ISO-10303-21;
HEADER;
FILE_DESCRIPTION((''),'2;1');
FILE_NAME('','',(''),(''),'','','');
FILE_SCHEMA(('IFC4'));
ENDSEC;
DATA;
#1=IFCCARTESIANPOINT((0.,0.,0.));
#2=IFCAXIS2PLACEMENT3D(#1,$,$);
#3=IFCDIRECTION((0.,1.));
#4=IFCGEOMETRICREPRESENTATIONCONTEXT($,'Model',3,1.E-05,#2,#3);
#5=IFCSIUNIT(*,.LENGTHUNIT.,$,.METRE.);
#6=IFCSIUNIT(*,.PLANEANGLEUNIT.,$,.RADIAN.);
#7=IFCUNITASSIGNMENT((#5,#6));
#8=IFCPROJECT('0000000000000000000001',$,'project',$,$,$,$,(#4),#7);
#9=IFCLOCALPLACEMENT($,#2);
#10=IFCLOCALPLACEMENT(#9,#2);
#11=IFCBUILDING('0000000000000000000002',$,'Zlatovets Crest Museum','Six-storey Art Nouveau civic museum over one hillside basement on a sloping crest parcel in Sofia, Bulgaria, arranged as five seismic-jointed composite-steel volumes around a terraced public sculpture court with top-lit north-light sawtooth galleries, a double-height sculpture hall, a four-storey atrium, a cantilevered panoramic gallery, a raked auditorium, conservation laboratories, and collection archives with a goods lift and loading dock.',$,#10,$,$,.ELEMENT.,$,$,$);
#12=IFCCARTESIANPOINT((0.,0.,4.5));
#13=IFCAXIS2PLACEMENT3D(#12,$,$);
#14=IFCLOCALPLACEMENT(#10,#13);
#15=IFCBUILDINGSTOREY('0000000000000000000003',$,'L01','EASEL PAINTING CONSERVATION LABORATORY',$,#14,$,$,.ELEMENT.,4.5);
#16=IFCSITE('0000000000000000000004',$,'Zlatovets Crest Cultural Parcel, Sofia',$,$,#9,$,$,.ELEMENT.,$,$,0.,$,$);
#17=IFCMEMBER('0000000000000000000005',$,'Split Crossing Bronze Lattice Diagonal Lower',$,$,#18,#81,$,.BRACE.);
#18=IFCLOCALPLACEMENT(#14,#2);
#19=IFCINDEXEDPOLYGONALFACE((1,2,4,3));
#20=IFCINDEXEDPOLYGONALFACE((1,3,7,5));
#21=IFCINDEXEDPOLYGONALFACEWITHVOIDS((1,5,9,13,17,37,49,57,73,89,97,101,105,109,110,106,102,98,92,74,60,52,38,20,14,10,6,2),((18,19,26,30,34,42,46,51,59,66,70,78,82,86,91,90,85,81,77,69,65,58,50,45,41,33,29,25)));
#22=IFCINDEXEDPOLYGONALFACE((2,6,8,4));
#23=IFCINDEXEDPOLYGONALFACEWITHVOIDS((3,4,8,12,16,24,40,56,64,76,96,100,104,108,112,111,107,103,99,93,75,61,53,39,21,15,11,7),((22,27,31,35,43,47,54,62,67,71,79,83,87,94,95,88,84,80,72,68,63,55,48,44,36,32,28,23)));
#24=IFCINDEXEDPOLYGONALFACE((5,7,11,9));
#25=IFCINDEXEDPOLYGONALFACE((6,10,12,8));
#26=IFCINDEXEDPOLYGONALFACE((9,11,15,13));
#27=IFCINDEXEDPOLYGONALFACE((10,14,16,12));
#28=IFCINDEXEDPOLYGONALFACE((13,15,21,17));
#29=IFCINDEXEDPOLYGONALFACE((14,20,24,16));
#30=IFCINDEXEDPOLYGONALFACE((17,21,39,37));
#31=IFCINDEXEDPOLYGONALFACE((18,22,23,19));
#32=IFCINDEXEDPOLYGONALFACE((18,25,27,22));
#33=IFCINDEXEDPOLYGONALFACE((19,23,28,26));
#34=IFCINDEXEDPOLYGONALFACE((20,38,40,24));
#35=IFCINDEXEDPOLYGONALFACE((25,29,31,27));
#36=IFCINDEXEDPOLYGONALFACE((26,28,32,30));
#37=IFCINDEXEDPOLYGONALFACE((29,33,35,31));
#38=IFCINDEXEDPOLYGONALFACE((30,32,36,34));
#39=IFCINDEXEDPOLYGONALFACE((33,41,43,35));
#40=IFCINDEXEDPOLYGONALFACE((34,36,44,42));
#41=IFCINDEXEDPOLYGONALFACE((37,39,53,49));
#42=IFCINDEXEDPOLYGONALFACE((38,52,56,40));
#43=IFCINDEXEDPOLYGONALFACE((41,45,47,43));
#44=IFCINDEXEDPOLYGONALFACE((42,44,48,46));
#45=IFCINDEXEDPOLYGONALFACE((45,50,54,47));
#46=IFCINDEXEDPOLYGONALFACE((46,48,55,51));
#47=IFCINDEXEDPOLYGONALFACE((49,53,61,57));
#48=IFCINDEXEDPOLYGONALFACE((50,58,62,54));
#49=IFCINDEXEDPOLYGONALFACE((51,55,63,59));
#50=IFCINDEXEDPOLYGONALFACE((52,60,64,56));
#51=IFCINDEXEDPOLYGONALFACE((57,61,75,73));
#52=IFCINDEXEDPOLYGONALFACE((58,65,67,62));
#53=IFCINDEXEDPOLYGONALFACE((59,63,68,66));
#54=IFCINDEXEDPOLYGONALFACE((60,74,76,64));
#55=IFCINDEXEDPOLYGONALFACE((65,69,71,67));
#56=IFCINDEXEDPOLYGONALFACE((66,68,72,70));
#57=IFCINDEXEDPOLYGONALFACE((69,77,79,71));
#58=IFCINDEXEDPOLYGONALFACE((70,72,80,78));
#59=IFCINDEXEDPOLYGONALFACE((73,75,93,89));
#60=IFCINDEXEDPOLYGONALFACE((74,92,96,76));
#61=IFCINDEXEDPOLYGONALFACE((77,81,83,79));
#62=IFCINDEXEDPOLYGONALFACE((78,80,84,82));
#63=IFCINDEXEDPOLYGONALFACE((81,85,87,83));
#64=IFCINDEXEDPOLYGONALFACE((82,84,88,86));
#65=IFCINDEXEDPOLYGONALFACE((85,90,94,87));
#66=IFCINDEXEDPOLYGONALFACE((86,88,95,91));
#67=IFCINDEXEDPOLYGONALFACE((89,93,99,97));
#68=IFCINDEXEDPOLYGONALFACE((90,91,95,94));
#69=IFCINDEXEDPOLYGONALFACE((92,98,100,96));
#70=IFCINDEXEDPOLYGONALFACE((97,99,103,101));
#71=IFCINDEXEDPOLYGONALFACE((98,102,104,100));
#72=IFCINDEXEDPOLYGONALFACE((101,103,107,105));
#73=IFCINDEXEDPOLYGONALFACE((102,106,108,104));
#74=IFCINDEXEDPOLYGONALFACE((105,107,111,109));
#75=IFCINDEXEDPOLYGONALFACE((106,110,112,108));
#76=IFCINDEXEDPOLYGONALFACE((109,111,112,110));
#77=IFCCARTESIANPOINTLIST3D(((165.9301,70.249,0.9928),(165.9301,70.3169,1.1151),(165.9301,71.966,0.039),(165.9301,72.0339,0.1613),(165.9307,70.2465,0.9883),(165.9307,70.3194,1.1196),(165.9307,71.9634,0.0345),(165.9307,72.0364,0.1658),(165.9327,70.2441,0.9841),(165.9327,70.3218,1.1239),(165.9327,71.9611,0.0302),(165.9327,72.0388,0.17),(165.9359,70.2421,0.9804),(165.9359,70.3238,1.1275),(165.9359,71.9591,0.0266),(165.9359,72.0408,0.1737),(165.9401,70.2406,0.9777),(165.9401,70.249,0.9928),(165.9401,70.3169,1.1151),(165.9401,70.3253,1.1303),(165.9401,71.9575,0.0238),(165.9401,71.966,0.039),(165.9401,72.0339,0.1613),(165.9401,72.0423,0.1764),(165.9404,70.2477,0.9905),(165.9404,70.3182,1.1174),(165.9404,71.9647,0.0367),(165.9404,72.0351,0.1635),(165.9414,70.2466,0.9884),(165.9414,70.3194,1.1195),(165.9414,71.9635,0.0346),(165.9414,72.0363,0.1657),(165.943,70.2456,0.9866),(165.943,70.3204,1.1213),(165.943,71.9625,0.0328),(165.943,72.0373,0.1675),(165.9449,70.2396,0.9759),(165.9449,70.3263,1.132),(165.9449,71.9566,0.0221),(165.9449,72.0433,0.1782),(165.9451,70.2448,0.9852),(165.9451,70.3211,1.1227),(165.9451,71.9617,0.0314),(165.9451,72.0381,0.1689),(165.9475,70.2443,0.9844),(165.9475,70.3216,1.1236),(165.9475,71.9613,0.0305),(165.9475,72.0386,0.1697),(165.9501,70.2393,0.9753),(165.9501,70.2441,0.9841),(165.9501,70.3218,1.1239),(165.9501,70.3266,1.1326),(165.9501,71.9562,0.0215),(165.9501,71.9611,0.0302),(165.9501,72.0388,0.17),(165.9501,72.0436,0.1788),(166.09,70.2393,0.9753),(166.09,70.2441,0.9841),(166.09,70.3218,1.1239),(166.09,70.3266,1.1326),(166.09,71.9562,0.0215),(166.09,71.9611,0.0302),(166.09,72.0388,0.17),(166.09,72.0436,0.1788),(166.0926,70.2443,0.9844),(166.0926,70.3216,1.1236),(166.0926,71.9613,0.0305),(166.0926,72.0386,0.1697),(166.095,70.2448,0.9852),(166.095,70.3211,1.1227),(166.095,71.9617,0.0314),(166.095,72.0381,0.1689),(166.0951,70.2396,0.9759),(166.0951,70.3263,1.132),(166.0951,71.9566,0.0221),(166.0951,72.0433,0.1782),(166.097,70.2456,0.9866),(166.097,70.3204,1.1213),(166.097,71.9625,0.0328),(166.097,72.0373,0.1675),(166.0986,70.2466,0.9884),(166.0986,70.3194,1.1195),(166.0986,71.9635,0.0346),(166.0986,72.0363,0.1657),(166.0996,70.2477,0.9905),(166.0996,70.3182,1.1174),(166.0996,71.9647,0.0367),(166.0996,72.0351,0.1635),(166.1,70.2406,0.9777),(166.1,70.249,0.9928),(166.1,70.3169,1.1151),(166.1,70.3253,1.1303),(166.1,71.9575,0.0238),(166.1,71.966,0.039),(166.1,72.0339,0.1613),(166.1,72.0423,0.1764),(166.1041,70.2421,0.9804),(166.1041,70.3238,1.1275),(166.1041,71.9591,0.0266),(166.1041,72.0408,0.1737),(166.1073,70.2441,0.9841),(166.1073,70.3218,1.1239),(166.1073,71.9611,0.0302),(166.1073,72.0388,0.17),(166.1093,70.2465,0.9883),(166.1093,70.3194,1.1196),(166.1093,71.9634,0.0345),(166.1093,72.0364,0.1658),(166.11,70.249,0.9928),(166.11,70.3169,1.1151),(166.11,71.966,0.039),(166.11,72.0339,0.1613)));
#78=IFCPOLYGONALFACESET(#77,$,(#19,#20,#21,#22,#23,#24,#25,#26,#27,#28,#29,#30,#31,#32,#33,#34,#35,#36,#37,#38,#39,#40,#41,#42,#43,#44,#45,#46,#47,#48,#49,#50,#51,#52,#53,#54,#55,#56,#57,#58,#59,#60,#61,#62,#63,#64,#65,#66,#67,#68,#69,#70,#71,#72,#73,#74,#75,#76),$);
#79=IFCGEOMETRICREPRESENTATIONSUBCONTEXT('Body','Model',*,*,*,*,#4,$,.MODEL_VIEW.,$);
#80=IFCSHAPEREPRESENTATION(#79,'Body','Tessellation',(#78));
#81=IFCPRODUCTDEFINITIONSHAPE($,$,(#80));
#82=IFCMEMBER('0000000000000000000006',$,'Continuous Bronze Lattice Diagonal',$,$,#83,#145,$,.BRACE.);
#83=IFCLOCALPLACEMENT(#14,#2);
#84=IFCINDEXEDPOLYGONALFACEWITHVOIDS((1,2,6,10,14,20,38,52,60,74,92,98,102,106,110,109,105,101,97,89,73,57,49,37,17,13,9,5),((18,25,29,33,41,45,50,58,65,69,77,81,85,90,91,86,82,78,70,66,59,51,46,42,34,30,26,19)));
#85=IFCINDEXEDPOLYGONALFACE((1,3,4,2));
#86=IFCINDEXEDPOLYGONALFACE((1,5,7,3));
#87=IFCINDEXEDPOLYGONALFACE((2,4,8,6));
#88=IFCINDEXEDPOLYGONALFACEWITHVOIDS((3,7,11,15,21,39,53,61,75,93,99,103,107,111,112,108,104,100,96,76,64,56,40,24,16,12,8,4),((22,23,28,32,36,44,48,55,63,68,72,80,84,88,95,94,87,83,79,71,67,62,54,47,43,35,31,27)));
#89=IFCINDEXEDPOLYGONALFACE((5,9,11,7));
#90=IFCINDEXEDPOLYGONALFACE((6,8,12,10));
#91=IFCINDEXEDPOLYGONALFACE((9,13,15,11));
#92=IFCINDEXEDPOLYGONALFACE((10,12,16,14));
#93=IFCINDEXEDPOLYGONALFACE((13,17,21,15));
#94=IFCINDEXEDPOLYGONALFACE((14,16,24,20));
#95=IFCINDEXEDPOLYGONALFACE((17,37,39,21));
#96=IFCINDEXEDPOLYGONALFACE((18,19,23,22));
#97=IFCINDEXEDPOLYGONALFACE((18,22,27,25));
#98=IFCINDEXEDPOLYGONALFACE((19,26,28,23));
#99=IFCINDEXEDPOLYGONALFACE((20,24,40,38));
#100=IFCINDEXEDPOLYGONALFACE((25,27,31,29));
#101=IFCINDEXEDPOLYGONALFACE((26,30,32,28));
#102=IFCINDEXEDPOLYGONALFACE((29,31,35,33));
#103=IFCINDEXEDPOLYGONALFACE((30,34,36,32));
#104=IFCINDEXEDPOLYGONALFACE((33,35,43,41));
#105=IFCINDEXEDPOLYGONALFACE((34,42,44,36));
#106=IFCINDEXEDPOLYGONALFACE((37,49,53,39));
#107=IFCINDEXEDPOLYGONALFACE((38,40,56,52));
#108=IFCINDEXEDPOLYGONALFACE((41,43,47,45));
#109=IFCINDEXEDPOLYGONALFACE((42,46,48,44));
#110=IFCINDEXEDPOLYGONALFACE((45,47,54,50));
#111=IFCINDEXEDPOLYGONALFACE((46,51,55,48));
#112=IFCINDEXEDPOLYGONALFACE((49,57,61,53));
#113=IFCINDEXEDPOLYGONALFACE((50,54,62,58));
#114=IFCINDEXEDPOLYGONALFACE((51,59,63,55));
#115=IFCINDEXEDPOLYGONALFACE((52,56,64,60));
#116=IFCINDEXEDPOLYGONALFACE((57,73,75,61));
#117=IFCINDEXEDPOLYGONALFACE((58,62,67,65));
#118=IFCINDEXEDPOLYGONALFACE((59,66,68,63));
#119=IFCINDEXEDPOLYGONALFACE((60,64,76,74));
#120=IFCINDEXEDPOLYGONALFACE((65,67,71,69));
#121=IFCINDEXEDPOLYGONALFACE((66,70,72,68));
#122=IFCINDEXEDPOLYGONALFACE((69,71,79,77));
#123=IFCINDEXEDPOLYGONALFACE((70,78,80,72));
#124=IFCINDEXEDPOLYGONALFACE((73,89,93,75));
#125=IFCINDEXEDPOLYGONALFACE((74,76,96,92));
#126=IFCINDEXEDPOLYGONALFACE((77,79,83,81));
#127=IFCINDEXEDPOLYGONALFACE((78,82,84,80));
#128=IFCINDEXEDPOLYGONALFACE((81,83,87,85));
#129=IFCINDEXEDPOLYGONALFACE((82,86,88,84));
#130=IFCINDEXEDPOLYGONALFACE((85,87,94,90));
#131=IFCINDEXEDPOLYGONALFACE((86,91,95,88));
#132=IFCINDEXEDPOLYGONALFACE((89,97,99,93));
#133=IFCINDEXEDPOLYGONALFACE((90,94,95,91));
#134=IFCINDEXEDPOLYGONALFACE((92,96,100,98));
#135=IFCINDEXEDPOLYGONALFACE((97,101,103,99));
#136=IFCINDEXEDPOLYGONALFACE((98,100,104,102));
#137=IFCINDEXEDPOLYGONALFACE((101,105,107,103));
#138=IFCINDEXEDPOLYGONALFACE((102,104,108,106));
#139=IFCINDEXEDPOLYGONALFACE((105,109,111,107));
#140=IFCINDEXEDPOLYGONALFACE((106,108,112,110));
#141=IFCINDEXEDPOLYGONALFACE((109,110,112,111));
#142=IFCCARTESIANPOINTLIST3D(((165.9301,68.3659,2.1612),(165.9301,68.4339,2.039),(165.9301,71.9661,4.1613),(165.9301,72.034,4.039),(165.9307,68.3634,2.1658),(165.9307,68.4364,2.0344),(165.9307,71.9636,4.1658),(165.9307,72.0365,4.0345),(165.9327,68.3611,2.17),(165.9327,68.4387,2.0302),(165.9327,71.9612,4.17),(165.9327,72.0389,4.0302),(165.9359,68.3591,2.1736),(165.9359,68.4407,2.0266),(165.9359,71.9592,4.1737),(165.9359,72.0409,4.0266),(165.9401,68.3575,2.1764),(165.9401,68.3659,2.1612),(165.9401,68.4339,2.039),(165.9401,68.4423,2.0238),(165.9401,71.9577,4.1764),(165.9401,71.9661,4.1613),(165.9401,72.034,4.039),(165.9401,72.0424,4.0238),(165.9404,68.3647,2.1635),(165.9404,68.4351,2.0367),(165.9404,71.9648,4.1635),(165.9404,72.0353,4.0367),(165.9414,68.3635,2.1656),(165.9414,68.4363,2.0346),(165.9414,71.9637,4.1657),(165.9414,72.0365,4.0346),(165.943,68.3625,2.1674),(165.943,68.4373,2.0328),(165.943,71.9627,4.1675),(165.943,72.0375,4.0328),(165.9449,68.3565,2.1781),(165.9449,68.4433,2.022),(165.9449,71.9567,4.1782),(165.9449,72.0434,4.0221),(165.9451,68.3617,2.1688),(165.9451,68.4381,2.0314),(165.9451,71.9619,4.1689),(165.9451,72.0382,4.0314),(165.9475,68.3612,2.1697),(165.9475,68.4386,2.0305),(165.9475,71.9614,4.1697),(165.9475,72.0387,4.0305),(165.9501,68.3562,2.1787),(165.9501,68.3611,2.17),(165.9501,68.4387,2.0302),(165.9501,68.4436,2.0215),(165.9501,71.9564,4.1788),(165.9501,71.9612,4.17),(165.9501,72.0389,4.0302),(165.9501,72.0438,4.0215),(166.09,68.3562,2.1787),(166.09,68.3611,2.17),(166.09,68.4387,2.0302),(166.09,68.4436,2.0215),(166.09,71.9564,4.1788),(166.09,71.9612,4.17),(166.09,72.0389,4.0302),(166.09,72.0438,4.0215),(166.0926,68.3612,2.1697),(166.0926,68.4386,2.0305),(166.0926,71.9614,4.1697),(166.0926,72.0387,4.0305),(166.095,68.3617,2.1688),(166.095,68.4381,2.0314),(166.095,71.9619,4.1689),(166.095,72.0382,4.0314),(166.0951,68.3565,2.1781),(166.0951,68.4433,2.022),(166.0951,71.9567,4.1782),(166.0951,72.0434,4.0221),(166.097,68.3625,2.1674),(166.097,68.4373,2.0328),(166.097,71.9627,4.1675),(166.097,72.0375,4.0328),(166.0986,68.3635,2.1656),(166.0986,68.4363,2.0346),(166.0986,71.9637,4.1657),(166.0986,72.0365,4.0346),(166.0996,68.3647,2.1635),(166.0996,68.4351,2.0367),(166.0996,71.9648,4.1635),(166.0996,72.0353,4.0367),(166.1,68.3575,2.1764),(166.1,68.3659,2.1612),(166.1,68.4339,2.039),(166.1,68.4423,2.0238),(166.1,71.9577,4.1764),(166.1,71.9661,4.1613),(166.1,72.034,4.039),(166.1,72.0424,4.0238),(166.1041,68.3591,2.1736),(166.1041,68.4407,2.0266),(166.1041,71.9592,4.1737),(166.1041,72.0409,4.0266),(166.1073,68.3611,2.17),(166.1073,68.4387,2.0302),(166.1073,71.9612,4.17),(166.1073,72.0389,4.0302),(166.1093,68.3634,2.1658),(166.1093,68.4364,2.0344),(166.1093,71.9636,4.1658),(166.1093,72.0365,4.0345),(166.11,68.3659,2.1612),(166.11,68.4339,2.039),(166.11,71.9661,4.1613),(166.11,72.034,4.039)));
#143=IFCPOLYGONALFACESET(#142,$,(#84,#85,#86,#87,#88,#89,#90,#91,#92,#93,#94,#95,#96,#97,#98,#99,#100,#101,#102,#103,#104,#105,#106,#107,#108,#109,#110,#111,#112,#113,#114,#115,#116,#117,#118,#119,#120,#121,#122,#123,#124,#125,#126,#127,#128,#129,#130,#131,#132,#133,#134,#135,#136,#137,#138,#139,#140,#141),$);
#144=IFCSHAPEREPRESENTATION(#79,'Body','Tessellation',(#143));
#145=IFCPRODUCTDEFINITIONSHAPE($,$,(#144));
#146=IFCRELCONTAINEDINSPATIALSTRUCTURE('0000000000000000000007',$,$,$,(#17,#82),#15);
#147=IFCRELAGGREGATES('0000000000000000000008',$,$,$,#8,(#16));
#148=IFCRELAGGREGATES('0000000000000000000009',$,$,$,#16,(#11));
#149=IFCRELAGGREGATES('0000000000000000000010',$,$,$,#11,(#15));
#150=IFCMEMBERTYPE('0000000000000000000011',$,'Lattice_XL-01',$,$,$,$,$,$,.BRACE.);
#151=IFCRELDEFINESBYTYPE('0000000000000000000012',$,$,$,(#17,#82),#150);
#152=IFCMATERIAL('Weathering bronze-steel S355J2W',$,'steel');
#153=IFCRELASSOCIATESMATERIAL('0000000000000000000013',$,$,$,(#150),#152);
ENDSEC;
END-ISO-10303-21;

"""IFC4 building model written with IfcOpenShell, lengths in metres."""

from ifc_helpers import new_model, si_unit, direction, frame, origin, origin_2d, place, context, subcontext, project, spatial, hollow_rectangle, extrude, material, material_profile, profile_set, type_object, element, save


model = new_model("IFC4")

# Units and contexts
model_context = context("Model", 3, precision=1e-05, world=origin(), true_north=direction((0.0, 1.0)))
body_context = subcontext(model_context, "Body", "Model", "MODEL_VIEW")
ifc_project = project(units=[si_unit("LENGTHUNIT", "METRE"), si_unit("PLANEANGLEUNIT", "RADIAN")], contexts=[model_context])

# Site, building, storey
site_placement = place(None, origin())
site = spatial("IfcSite", under=ifc_project, at=site_placement, Name="Zlatovets Crest Cultural Parcel, Sofia", CompositionType="ELEMENT", RefElevation=0.0)
building_placement = place(site_placement, origin())
building = spatial("IfcBuilding", under=site, at=building_placement, Name="Zlatovets Crest Museum", Description="Six-storey Art Nouveau civic museum over one hillside basement on a sloping crest parcel in Sofia, Bulgaria, arranged as five seismic-jointed composite-steel volumes around a terraced public sculpture court with top-lit north-light sawtooth galleries, a double-height sculpture hall, a four-storey atrium, a cantilevered panoramic gallery, a raked auditorium, conservation laboratories, and collection archives with a goods lift and loading dock.", CompositionType="ELEMENT")
storey_placement = place(building_placement, frame((0.0, 0.0, 4.5)))
storey = spatial("IfcBuildingStorey", under=building, at=storey_placement, Name="L01", Description="EASEL PAINTING CONSERVATION LABORATORY", CompositionType="ELEMENT", Elevation=4.5)

# Members
ifc_material_1 = material(Name="Weathering bronze-steel S355J2W", Category="steel")
ifc_material_profile_1 = material_profile(ifc_material_1, hollow_rectangle(XDim=0.1799, YDim=0.1799, WallThickness=0.01, InnerFilletRadius=0.01, OuterFilletRadius=0.02, at=origin_2d()), Name="SHS 180x180x10.0")
ifc_profile_set_1 = profile_set([ifc_material_profile_1], Name="Weathering bronze-steel S355J2W")
member_type_1 = type_object("IfcMemberType", Name="Lattice_XL-01", PredefinedType="BRACE", material=ifc_profile_set_1)
member_1_placement = place(storey_placement, frame((166.02, 70.283, 1.054), z_axis=(0.0, 0.874169, -0.485622), x_axis=(-1.0, 0.0, 0.0)))
element("IfcMember", 1, at=member_1_placement, inside=storey, type_object=member_type_1, Name="Split Crossing Bronze Lattice Diagonal Lower", PredefinedType="BRACE", context=body_context, shape_type="SweptSolid", body=[
    extrude(hollow_rectangle(XDim=0.1799, YDim=0.1799, WallThickness=0.01, InnerFilletRadius=0.01, OuterFilletRadius=0.02, at=origin_2d()), origin(), (0.0, 0.0, 1.0), 1.9641),
])
member_2_placement = place(storey_placement, frame((166.02, 68.3999, 2.1001), z_axis=(0.0, 0.874163, 0.485633), x_axis=(-1.0, 0.0, 0.0)))
element("IfcMember", 2, at=member_2_placement, inside=storey, type_object=member_type_1, Name="Continuous Bronze Lattice Diagonal", PredefinedType="BRACE", context=body_context, shape_type="SweptSolid", body=[
    extrude(hollow_rectangle(XDim=0.1799, YDim=0.1799, WallThickness=0.01, InnerFilletRadius=0.01, OuterFilletRadius=0.02, at=origin_2d()), origin(), (0.0, 0.0, 1.0), 4.1184),
])

save(model, "model.ifc")
